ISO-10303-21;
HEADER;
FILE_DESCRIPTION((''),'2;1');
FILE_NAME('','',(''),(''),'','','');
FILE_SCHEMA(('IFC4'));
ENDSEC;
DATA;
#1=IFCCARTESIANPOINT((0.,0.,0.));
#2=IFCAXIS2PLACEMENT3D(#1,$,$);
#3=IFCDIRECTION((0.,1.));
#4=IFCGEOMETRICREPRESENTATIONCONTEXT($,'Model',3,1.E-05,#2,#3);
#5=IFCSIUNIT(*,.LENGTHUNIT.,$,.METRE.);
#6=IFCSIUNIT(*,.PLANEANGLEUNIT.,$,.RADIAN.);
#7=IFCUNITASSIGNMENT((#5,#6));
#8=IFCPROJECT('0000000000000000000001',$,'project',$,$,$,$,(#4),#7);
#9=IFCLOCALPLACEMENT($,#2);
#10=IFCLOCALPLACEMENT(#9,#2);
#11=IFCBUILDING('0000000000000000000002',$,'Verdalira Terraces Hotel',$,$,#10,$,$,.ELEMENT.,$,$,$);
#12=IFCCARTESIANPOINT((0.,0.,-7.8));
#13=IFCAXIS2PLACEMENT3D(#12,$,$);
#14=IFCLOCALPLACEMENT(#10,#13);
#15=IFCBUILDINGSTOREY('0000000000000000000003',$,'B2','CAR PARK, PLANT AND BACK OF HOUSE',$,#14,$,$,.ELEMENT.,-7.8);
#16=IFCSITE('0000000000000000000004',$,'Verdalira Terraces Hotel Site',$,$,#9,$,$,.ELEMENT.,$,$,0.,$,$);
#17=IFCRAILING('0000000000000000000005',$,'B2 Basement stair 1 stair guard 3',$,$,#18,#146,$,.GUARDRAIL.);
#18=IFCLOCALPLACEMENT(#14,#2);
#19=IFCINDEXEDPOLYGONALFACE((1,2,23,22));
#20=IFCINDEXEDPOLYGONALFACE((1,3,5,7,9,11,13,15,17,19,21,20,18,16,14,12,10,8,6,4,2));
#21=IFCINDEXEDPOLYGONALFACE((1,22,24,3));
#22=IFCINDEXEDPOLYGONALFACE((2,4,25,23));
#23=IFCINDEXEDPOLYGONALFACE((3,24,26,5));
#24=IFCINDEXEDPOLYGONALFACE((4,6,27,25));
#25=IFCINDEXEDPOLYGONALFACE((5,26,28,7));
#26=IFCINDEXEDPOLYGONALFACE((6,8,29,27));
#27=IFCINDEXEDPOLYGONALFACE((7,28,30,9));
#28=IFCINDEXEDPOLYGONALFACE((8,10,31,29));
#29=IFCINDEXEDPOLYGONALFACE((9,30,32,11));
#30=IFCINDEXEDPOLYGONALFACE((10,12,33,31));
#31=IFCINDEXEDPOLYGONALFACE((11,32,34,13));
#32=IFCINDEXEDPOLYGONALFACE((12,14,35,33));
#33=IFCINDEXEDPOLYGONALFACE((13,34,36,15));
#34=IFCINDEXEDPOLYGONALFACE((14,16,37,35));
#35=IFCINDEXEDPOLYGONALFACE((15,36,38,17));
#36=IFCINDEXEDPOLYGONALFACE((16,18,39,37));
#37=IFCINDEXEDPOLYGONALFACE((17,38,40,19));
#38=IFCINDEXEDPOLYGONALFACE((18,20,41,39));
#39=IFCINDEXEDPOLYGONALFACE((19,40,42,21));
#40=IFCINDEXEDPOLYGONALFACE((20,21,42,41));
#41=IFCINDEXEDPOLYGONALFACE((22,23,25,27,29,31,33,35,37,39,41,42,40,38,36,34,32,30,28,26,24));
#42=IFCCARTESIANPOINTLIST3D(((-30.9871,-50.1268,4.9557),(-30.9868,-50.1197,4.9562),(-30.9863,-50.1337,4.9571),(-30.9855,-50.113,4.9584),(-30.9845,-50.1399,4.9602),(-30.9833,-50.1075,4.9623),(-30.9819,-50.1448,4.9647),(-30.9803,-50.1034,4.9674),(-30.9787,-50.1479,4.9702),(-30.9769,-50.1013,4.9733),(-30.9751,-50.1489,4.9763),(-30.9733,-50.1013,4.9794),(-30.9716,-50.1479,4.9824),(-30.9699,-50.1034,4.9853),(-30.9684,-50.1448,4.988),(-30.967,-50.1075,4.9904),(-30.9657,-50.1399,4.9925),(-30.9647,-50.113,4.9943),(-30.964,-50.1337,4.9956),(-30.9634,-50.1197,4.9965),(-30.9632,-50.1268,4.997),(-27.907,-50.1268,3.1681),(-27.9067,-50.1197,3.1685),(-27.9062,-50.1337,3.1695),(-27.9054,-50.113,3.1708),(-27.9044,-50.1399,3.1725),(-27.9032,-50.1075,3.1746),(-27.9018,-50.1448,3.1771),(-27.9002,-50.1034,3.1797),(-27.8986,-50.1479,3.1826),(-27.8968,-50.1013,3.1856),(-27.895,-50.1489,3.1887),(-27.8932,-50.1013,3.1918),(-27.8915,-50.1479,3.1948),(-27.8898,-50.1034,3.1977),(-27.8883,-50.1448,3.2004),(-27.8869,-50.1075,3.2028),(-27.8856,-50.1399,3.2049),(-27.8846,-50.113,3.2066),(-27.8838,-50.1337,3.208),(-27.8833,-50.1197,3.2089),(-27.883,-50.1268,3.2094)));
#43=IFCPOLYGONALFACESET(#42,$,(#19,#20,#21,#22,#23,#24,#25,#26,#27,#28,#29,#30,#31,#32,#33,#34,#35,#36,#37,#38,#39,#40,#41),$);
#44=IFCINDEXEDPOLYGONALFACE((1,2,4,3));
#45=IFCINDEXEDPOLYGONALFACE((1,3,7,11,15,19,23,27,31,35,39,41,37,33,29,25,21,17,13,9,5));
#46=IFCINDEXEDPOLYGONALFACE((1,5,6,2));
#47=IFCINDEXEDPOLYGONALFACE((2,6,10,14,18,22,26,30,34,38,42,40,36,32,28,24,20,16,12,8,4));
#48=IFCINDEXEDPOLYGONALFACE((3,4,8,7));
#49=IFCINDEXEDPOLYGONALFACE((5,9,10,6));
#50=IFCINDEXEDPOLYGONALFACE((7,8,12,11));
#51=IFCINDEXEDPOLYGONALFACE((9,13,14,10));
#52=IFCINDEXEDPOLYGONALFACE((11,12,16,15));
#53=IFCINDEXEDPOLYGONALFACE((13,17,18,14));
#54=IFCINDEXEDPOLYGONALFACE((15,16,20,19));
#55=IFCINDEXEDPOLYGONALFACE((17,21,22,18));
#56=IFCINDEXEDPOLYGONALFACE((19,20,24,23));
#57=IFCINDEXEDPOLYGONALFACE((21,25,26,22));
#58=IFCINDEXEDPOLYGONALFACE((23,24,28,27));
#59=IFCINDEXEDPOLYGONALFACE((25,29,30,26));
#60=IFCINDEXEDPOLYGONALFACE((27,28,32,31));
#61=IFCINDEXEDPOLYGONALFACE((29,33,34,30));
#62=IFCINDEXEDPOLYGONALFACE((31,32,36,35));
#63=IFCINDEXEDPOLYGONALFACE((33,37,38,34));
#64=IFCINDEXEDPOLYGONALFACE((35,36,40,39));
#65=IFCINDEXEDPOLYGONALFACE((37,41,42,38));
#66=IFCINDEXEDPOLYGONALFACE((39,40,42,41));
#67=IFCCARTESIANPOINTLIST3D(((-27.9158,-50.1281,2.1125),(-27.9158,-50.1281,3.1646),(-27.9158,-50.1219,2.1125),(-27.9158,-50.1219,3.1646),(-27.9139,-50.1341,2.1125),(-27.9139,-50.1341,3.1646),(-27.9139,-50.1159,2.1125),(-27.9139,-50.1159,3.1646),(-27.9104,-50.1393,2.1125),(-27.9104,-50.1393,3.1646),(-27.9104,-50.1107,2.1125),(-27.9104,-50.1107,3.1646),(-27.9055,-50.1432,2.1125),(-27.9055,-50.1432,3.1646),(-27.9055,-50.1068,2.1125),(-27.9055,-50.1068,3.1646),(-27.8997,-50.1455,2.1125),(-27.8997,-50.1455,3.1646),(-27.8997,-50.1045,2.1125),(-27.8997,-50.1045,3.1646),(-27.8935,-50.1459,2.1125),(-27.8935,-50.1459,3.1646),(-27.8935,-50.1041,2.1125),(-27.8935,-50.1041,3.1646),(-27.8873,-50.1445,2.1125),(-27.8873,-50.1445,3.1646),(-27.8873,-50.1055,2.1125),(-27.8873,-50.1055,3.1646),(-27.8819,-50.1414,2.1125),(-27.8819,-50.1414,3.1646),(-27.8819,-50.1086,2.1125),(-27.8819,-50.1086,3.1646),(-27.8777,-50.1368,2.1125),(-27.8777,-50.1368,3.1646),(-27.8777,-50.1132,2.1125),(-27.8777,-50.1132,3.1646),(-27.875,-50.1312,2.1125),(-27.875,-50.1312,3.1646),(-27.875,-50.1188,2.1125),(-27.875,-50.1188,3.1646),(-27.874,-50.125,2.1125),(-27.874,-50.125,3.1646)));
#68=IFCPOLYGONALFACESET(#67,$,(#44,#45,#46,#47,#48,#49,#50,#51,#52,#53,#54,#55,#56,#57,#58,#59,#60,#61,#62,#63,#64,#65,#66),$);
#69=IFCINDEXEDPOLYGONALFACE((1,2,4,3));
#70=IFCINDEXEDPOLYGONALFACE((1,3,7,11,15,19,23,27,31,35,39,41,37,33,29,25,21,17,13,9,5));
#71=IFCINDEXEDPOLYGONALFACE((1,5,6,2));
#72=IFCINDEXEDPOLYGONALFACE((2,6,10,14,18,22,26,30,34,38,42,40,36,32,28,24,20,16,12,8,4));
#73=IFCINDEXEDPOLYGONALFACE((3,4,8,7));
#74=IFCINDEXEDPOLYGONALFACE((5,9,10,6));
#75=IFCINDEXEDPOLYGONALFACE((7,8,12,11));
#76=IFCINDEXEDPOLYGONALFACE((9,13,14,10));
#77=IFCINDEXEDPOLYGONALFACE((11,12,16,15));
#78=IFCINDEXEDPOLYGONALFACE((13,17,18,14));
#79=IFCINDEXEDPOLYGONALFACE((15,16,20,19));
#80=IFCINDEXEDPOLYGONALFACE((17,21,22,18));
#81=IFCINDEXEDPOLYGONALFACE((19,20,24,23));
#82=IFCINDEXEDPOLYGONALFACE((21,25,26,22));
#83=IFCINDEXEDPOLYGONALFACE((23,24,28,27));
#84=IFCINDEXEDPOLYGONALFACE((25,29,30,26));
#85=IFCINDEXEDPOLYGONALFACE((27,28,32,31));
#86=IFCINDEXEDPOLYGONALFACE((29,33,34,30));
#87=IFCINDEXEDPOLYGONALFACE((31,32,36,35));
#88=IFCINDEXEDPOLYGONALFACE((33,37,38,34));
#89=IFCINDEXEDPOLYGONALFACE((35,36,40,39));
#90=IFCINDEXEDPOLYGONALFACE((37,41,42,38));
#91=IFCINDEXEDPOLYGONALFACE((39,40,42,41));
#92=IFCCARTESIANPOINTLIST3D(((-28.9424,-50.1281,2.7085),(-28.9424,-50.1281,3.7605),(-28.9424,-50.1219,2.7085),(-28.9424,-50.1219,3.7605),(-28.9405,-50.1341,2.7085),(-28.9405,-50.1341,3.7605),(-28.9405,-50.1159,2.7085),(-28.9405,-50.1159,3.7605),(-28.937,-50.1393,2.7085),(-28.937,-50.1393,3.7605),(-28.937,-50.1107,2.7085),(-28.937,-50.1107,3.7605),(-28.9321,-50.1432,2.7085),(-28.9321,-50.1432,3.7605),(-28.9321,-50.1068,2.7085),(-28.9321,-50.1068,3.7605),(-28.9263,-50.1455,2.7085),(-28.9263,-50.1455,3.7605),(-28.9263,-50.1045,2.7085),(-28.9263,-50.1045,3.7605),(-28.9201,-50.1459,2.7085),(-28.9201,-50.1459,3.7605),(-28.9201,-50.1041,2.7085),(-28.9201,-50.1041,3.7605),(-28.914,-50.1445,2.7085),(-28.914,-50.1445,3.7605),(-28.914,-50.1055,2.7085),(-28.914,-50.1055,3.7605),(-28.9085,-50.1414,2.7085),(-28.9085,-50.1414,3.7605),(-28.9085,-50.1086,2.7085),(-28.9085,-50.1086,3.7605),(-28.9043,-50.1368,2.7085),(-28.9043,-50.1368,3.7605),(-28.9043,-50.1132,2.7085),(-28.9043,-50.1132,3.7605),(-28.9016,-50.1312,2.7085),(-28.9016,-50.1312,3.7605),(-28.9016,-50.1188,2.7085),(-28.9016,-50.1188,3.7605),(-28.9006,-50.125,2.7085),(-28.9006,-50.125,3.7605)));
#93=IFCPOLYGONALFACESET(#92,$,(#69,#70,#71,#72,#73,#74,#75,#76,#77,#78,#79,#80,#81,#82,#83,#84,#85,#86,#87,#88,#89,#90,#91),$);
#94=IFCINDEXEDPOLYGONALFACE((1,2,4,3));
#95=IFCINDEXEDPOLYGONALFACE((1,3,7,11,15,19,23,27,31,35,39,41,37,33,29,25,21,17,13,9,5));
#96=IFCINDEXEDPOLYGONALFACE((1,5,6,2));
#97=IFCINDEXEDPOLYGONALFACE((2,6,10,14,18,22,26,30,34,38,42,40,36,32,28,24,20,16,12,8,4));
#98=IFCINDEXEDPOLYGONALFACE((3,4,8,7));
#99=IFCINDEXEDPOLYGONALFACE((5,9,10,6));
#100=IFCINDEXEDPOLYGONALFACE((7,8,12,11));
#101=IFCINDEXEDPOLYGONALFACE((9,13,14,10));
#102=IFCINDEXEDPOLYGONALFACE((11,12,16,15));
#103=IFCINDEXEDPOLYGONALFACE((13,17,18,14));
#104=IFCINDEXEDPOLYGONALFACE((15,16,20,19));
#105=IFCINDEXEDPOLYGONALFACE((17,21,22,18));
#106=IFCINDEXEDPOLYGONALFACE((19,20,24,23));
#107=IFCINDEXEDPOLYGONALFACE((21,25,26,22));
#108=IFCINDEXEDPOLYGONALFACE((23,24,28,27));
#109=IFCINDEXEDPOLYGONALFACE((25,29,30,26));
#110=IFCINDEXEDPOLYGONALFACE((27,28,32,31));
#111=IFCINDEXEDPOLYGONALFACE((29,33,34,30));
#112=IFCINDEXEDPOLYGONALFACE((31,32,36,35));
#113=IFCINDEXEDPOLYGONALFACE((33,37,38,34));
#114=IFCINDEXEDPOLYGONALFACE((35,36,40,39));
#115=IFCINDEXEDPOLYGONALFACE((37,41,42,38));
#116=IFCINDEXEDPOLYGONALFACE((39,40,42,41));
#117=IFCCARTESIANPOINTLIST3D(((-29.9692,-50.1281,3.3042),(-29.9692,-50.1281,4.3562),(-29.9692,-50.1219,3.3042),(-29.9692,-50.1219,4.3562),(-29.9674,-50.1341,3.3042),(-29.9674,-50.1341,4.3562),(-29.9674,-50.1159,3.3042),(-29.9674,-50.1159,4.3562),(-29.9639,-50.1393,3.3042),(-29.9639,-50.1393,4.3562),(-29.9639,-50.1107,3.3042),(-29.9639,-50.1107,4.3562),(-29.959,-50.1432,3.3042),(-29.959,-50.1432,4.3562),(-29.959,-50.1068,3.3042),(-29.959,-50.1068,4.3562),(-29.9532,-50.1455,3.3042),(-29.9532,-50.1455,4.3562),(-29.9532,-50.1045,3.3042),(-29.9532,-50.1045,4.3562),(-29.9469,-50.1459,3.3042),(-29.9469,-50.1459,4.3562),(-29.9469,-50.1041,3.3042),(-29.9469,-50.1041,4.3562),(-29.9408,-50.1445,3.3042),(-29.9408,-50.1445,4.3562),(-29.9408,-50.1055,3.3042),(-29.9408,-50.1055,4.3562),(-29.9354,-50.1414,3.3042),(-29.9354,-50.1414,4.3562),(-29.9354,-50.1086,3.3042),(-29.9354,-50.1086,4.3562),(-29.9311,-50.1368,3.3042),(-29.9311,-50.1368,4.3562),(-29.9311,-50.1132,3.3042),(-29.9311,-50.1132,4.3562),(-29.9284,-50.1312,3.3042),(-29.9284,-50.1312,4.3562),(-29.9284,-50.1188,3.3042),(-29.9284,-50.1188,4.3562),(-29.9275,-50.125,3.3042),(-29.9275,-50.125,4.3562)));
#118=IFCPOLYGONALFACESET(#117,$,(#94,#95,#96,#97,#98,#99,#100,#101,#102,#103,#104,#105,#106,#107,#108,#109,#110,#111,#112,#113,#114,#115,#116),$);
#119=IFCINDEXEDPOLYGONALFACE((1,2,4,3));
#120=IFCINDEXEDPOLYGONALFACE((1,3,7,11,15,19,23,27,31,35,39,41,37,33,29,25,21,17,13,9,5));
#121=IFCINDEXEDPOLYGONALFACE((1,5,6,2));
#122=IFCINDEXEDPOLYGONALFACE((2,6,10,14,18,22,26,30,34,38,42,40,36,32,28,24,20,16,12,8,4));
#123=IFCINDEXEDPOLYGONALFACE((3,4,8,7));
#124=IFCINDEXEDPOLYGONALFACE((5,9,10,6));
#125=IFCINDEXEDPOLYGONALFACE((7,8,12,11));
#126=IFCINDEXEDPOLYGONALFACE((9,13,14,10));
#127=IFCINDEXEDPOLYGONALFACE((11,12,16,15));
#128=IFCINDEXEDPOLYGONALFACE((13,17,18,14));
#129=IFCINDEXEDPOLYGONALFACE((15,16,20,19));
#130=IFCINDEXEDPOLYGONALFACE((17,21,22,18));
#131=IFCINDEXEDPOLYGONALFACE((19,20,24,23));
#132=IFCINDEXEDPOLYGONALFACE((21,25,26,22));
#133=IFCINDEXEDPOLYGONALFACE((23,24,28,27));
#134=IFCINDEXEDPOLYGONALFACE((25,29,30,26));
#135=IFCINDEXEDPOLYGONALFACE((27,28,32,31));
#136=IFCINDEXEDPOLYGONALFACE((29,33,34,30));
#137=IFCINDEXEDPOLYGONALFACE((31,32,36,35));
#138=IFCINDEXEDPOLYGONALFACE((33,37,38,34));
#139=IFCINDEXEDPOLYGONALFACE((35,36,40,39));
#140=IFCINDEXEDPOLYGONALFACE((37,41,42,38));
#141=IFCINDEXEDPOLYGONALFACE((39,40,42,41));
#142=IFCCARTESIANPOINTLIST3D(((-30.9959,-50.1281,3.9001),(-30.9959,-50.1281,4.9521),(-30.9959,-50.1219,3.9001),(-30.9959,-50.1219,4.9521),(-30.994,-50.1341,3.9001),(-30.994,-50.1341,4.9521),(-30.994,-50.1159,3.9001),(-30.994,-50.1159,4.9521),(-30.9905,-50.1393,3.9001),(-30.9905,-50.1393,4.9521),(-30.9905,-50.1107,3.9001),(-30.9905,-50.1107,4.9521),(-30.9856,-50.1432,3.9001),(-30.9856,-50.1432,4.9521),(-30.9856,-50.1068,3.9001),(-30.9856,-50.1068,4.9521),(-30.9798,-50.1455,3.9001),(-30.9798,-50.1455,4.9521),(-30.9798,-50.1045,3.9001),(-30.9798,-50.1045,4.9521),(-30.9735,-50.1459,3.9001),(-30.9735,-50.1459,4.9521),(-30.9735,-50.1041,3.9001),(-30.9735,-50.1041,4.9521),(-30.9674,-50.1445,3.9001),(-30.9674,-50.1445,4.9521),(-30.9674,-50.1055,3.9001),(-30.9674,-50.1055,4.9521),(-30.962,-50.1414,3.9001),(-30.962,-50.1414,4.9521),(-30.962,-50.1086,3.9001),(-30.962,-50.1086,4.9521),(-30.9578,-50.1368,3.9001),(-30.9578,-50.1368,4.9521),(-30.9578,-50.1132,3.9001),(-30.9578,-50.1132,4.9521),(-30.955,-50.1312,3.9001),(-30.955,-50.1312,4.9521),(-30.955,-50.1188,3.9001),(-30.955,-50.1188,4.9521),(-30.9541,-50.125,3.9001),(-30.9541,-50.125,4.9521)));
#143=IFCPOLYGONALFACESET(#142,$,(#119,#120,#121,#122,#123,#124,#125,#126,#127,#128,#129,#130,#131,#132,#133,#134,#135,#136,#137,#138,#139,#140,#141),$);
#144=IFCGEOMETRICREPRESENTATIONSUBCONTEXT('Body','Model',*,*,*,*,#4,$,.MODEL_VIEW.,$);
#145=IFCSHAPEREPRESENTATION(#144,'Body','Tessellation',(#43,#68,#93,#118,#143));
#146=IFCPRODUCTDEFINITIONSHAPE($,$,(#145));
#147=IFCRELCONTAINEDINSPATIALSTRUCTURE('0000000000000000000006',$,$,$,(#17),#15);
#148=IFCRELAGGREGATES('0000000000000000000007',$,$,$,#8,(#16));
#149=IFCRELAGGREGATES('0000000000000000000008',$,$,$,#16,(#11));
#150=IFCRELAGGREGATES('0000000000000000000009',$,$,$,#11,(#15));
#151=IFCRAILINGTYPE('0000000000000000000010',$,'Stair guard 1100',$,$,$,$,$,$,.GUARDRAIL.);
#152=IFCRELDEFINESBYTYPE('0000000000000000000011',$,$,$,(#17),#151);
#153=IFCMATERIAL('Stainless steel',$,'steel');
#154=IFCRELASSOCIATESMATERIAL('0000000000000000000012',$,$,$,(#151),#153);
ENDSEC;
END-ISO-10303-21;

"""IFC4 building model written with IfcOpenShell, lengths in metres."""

from ifc_helpers import new_model, si_unit, direction, frame, origin, origin_2d, place, context, subcontext, project, spatial, circle, extrude, material, type_object, element, save


model = new_model("IFC4")

# Units and contexts
model_context = context("Model", 3, precision=1e-05, world=origin(), true_north=direction((0.0, 1.0)))
body_context = subcontext(model_context, "Body", "Model", "MODEL_VIEW")
ifc_project = project(units=[si_unit("LENGTHUNIT", "METRE"), si_unit("PLANEANGLEUNIT", "RADIAN")], contexts=[model_context])

# Site, building, storey
site_placement = place(None, origin())
site = spatial("IfcSite", under=ifc_project, at=site_placement, Name="Verdalira Terraces Hotel Site", CompositionType="ELEMENT", RefElevation=0.0)
building_placement = place(site_placement, origin())
building = spatial("IfcBuilding", under=site, at=building_placement, Name="Verdalira Terraces Hotel", CompositionType="ELEMENT")
storey_placement = place(building_placement, frame((0.0, 0.0, -7.8)))
storey = spatial("IfcBuildingStorey", under=building, at=storey_placement, Name="B2", Description="CAR PARK, PLANT AND BACK OF HOUSE", CompositionType="ELEMENT", Elevation=-7.8)

# Railing
ifc_material_1 = material(Name="Stainless steel", Category="steel")
railing_type_1 = type_object("IfcRailingType", Name="Stair guard 1100", PredefinedType="GUARDRAIL", material=ifc_material_1)
railing_1_placement = place(storey_placement, frame((-27.895, -50.125, 2.1125)))
element("IfcRailing", 1, at=railing_1_placement, inside=storey, type_object=railing_type_1, Name="B2 Basement stair 1 stair guard 3", PredefinedType="GUARDRAIL", context=body_context, shape_type="SweptSolid", body=[
    extrude(circle(Radius=0.0239, at=origin_2d()), frame((0.0, 0.0, 1.0762), z_axis=(-0.864891, 0.0, 0.50196), x_axis=(0.0, -1.0, 0.0)), (0.0, 0.0, 1.0), 3.5613),
    extrude(circle(Radius=0.021, at=origin_2d()), origin(), (0.0, 0.0, 1.0), 1.052),
    extrude(circle(Radius=0.021, at=origin_2d()), frame((-1.0266, 0.0, 0.5959)), (0.0, 0.0, 1.0), 1.052),
    extrude(circle(Radius=0.021, at=origin_2d()), frame((-2.0535, 0.0, 1.1917)), (0.0, 0.0, 1.0), 1.052),
    extrude(circle(Radius=0.021, at=origin_2d()), frame((-3.0801, 0.0, 1.7876)), (0.0, 0.0, 1.0), 1.052),
])

save(model, "model.ifc")
